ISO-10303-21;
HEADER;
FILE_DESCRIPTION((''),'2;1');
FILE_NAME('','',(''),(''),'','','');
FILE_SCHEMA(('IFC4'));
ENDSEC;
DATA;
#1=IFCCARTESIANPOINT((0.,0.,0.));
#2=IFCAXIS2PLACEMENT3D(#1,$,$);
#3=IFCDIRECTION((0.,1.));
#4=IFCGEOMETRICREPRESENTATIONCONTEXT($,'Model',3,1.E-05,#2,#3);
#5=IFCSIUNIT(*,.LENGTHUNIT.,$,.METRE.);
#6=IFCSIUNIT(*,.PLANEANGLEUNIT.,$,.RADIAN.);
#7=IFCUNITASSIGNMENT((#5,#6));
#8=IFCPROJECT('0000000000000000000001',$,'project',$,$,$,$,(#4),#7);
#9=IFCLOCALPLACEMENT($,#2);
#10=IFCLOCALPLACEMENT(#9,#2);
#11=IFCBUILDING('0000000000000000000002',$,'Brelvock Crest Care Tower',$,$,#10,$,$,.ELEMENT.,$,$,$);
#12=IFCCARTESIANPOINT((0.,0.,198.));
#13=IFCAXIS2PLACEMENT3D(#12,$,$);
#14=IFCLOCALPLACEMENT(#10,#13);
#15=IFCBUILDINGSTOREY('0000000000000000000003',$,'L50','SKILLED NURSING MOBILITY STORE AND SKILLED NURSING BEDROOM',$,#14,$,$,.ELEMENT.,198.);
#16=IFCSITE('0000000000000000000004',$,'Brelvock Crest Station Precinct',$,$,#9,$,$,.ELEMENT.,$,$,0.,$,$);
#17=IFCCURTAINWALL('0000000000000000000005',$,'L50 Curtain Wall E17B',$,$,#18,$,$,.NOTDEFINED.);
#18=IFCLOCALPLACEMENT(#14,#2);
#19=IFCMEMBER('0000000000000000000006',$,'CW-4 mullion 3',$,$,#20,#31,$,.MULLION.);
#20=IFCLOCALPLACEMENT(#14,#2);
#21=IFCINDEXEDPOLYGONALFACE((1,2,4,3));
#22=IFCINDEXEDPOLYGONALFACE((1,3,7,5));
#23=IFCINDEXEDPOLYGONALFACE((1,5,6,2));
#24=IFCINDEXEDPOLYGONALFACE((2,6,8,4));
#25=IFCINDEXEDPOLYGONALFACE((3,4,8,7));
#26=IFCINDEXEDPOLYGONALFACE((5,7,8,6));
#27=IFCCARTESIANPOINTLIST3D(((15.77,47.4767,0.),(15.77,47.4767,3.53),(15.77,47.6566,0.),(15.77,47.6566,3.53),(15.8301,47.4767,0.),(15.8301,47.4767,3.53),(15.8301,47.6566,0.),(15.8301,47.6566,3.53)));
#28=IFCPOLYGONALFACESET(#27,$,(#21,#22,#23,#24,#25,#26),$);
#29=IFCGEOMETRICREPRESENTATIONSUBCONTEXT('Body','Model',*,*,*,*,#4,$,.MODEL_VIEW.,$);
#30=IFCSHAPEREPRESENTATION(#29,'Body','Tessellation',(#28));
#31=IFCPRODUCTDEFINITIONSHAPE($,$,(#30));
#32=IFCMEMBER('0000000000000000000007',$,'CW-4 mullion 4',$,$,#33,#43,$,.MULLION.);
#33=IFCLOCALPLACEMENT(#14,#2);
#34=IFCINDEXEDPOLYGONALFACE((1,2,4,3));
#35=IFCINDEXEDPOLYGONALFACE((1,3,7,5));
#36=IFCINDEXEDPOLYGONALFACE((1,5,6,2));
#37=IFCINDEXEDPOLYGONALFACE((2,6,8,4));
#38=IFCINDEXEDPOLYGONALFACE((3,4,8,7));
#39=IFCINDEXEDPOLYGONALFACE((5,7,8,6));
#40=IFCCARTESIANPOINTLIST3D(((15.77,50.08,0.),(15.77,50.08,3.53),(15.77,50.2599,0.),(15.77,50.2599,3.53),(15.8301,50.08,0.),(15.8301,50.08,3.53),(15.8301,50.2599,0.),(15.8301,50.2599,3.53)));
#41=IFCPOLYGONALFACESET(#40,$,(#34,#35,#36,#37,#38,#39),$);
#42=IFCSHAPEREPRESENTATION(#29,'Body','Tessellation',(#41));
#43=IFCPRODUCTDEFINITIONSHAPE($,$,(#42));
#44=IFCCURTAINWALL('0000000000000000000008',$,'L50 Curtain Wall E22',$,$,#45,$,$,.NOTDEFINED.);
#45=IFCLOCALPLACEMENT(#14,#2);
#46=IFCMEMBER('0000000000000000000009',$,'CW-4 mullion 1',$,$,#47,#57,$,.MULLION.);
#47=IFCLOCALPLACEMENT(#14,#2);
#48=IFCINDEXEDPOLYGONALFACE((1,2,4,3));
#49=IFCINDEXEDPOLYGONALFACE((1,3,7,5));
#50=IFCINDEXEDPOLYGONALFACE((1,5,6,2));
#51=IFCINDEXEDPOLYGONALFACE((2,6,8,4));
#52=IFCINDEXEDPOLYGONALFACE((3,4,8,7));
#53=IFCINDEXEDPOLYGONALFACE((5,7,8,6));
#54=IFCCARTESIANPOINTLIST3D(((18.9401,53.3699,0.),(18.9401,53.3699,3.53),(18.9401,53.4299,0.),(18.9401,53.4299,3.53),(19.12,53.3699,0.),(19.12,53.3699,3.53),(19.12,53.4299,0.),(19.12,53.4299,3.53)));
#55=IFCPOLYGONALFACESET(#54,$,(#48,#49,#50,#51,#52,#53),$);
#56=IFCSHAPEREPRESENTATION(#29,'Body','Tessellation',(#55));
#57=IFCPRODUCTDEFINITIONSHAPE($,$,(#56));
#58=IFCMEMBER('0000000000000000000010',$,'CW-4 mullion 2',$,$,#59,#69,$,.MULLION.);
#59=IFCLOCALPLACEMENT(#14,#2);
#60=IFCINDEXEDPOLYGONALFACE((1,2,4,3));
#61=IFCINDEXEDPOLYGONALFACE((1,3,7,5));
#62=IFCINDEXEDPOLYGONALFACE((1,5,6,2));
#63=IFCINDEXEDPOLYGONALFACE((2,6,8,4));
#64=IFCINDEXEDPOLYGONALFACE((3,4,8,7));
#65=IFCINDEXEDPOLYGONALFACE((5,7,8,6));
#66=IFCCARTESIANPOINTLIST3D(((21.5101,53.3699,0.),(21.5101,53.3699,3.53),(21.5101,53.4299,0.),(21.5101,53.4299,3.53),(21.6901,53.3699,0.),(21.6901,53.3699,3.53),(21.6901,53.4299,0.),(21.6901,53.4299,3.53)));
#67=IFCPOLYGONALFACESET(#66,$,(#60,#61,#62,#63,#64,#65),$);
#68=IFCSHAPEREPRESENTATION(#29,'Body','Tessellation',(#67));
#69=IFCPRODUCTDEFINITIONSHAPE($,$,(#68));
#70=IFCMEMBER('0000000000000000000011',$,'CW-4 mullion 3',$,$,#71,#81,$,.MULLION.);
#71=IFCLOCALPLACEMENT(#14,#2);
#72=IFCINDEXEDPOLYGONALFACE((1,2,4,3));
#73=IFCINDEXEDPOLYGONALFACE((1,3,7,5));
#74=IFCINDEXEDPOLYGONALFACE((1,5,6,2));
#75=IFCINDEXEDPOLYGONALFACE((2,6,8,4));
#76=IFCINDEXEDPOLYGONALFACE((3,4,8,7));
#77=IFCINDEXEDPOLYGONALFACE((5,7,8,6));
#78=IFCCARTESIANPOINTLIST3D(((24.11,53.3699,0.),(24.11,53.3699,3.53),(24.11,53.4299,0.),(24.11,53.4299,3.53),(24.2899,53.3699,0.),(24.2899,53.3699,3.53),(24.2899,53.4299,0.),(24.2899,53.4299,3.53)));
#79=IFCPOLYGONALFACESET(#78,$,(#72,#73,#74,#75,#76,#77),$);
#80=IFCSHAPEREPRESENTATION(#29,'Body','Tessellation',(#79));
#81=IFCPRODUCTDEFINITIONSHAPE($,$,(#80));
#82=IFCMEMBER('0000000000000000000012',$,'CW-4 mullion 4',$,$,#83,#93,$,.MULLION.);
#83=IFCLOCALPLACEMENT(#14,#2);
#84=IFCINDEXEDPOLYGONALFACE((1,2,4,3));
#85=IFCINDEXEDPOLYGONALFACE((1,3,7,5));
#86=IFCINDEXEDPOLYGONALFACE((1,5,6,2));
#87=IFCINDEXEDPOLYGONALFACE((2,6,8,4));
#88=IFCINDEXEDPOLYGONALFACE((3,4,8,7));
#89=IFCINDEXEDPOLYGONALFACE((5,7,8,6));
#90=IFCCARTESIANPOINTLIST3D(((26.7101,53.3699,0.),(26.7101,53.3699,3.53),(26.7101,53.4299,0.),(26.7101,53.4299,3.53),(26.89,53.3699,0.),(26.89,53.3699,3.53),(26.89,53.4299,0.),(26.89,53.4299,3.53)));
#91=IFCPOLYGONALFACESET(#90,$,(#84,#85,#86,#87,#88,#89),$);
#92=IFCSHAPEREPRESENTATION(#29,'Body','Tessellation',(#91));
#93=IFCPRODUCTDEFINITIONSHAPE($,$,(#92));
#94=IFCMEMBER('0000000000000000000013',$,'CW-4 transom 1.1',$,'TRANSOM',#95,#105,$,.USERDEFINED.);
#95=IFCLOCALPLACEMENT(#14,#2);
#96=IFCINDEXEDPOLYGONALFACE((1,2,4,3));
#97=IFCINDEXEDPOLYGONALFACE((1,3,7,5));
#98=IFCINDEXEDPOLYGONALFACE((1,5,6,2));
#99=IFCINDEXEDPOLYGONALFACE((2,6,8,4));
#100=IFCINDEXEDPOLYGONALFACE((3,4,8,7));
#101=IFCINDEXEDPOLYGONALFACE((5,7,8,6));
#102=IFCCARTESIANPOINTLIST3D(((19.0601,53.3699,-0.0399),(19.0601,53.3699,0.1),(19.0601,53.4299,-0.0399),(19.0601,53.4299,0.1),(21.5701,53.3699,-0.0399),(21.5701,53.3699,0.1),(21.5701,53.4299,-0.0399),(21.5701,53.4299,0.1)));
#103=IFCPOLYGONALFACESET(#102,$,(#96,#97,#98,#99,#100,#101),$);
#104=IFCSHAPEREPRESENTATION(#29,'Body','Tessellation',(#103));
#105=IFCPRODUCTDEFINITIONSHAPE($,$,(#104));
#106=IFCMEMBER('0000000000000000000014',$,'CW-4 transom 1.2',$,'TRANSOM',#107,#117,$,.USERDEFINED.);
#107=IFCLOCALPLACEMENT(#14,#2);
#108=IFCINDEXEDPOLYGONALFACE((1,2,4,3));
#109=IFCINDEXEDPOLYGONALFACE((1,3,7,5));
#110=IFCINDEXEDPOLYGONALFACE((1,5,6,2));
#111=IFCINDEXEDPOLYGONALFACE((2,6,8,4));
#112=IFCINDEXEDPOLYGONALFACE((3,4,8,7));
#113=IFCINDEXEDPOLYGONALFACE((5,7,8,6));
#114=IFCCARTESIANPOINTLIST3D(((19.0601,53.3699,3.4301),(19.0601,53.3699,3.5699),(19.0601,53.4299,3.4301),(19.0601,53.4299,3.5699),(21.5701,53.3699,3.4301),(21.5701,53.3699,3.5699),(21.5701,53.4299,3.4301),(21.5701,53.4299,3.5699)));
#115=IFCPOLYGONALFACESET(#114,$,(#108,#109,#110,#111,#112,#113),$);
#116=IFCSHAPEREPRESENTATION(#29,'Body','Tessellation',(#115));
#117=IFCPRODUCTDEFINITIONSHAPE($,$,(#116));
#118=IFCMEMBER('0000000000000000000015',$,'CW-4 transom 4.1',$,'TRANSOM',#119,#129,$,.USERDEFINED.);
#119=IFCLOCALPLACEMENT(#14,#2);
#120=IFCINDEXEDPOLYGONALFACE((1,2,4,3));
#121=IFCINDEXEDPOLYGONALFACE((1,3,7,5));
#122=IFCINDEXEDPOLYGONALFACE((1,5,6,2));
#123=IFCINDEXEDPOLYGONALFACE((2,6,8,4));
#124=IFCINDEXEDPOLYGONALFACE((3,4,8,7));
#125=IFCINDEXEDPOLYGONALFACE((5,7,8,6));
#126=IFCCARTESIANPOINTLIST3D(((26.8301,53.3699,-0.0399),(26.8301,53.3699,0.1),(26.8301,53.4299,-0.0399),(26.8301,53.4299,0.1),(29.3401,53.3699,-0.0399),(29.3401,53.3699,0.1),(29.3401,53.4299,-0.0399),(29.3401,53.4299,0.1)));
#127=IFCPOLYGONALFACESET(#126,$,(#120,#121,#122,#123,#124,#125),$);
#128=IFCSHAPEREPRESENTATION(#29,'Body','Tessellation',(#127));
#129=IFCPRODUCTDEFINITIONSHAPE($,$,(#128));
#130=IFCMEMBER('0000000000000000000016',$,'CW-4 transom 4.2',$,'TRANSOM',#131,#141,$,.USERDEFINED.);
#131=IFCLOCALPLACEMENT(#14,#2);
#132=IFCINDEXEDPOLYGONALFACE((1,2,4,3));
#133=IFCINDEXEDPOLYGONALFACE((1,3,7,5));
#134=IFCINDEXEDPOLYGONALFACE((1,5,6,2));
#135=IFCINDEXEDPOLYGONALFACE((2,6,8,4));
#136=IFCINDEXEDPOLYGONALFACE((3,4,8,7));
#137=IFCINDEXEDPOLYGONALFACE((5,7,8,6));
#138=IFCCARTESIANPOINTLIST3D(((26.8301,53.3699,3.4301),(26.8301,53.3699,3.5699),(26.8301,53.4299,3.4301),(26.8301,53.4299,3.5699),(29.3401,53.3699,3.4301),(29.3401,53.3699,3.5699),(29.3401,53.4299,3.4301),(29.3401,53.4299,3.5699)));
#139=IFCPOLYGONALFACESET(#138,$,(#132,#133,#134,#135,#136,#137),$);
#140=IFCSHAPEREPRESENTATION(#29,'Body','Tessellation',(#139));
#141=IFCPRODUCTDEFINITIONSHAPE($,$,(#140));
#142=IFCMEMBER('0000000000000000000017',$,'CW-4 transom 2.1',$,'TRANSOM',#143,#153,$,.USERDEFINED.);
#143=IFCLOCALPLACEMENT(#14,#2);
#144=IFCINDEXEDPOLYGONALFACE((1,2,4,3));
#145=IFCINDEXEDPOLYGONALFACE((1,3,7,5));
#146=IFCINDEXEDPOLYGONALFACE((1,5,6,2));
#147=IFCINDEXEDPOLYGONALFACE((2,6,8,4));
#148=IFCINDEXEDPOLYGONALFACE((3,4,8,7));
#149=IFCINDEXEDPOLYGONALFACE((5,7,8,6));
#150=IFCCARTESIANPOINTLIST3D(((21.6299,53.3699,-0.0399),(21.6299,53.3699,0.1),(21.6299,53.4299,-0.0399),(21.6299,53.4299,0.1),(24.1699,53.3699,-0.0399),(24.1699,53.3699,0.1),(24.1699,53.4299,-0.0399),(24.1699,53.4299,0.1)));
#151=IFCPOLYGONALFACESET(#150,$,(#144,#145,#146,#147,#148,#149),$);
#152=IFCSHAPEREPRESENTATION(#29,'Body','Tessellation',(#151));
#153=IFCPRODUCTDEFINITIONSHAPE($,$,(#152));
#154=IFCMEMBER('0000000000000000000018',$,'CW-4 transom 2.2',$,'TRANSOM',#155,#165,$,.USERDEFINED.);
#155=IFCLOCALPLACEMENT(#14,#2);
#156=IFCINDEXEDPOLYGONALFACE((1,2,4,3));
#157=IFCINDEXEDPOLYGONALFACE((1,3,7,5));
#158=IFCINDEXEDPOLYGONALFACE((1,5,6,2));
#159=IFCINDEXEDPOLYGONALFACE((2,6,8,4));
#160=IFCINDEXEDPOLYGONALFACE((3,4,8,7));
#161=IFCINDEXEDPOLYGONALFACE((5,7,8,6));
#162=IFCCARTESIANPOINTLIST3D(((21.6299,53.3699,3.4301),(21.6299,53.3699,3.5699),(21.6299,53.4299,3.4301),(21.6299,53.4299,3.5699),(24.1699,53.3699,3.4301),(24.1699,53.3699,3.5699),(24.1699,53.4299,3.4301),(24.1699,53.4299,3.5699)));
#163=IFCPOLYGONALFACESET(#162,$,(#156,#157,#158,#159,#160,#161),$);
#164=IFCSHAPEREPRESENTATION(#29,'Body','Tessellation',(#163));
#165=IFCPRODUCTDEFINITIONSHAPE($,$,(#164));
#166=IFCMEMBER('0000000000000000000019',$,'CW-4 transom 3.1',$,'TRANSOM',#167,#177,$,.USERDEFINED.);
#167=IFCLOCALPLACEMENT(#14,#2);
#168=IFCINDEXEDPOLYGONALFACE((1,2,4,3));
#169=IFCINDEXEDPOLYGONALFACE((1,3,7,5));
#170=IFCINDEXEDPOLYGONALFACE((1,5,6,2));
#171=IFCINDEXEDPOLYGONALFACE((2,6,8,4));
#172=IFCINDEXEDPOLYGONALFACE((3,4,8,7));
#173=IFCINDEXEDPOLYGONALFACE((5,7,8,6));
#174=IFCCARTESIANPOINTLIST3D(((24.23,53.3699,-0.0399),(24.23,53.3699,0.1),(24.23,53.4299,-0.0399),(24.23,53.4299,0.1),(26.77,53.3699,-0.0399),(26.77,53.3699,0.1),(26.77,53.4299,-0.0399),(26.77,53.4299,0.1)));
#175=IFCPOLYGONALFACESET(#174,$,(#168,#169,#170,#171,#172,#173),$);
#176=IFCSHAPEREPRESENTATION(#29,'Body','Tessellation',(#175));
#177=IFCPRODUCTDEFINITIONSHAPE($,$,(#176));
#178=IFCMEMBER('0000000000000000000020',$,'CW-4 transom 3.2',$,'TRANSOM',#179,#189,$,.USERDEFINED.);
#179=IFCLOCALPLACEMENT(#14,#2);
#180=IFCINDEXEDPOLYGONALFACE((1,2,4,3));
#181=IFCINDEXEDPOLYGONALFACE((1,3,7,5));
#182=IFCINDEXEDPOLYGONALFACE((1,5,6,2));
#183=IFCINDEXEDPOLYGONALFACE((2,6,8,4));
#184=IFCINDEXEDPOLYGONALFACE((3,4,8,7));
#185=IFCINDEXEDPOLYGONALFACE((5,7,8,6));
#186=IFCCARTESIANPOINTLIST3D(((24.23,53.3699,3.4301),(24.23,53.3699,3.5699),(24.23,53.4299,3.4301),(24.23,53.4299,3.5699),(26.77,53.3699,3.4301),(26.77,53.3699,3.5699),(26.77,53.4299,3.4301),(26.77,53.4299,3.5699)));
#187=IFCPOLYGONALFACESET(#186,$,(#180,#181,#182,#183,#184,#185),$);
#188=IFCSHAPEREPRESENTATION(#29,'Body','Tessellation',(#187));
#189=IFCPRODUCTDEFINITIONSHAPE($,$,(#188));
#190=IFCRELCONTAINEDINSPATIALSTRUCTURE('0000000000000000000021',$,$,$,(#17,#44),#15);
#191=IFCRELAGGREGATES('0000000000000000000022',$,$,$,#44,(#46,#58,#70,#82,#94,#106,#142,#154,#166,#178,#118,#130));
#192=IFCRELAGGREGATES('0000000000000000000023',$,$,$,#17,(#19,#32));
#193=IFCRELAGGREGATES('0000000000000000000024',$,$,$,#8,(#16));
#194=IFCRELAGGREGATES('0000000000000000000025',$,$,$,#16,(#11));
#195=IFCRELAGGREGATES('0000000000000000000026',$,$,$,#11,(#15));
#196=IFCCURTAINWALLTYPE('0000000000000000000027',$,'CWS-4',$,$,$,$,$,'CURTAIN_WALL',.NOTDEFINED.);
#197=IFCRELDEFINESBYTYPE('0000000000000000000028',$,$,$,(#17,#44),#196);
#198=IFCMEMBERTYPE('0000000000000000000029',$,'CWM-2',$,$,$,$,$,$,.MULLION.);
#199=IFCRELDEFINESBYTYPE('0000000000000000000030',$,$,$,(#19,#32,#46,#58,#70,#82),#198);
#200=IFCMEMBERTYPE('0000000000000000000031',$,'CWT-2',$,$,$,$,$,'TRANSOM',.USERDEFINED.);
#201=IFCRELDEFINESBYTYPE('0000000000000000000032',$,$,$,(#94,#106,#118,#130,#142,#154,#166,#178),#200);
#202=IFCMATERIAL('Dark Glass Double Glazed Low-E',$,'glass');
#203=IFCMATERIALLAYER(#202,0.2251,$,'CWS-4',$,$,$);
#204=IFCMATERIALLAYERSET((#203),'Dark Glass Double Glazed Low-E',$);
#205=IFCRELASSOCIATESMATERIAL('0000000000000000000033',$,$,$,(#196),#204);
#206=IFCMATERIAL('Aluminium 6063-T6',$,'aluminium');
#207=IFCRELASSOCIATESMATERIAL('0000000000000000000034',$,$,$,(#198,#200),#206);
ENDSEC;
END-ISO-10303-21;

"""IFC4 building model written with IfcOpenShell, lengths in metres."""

from ifc_helpers import new_model, si_unit, direction, frame, origin, origin_2d, place, context, subcontext, project, spatial, rectangle, extrude, source, transform, mapped, material, layer, layer_set, material_profile, profile_set, type_object, element, aggregate, save


model = new_model("IFC4")

# Units and contexts
model_context = context("Model", 3, precision=1e-05, world=origin(), true_north=direction((0.0, 1.0)))
body_context = subcontext(model_context, "Body", "Model", "MODEL_VIEW")
ifc_project = project(units=[si_unit("LENGTHUNIT", "METRE"), si_unit("PLANEANGLEUNIT", "RADIAN")], contexts=[model_context])

# Site, building, storey
site_placement = place(None, origin())
site = spatial("IfcSite", under=ifc_project, at=site_placement, Name="Brelvock Crest Station Precinct", CompositionType="ELEMENT", RefElevation=0.0)
building_placement = place(site_placement, origin())
building = spatial("IfcBuilding", under=site, at=building_placement, Name="Brelvock Crest Care Tower", CompositionType="ELEMENT")
storey_placement = place(building_placement, frame((0.0, 0.0, 198.0)))
storey = spatial("IfcBuildingStorey", under=building, at=storey_placement, Name="L50", Description="SKILLED NURSING MOBILITY STORE AND SKILLED NURSING BEDROOM", CompositionType="ELEMENT", Elevation=198.0)

# Curtain walls, members
ifc_material_1 = material(Name="Dark Glass Double Glazed Low-E", Category="glass")
ifc_layer_1 = layer(ifc_material_1, 0.2251, Name="CWS-4")
ifc_layer_set_1 = layer_set([ifc_layer_1], Name="Dark Glass Double Glazed Low-E")
curtain_wall_type = type_object("IfcCurtainWallType", Name="CWS-4", ElementType="CURTAIN_WALL", PredefinedType="NOTDEFINED", material=ifc_layer_set_1)
curtain_wall_1_placement = place(storey_placement, origin())
curtain_wall_1 = element("IfcCurtainWall", 1, at=curtain_wall_1_placement, inside=storey, type_object=curtain_wall_type, Name="L50 Curtain Wall E17B", PredefinedType="NOTDEFINED")
ifc_material_2 = material(Name="Aluminium 6063-T6", Category="aluminium")
ifc_material_profile_1 = material_profile(ifc_material_2, rectangle(XDim=0.0601, YDim=0.1799, at=origin_2d()), Name="ALU60x180")
ifc_profile_set_1 = profile_set([ifc_material_profile_1], Name="Aluminium 6063-T6")
member_type_1 = type_object("IfcMemberType", Name="CWM-2", PredefinedType="MULLION", material=ifc_profile_set_1)
shared_shape_1 = source(origin(), body_context, "Body", "SweptSolid", [
    extrude(rectangle(XDim=0.0601, YDim=0.1799, at=origin_2d()), origin(), (0.0, 0.0, 1.0), 3.53),
])
member_1_placement = place(storey_placement, frame((15.8, 47.5667, 0.0), z_axis=(0.0, 0.0, 1.0), x_axis=(-1.0, 0.0, 0.0)))
member_1 = element("IfcMember", 2, at=member_1_placement, type_object=member_type_1, Name="CW-4 mullion 3", PredefinedType="MULLION", context=body_context, shape_type="MappedRepresentation", body=[
    mapped(shared_shape_1, transform((0.0, 0.0, 0.0), x_axis=(1.0, 0.0, 0.0), y_axis=(0.0, 1.0, 0.0), z_axis=(0.0, 0.0, 1.0), scale=1.0)),
])
member_2_placement = place(storey_placement, frame((15.8, 50.1699, 0.0), z_axis=(0.0, 0.0, 1.0), x_axis=(-1.0, 0.0, 0.0)))
member_2 = element("IfcMember", 3, at=member_2_placement, type_object=member_type_1, Name="CW-4 mullion 4", PredefinedType="MULLION", context=body_context, shape_type="MappedRepresentation", body=[
    mapped(shared_shape_1, transform((0.0, 0.0, 0.0), x_axis=(1.0, 0.0, 0.0), y_axis=(0.0, 1.0, 0.0), z_axis=(0.0, 0.0, 1.0), scale=1.0)),
])
curtain_wall_2_placement = place(storey_placement, origin())
curtain_wall_2 = element("IfcCurtainWall", 4, at=curtain_wall_2_placement, inside=storey, type_object=curtain_wall_type, Name="L50 Curtain Wall E22", PredefinedType="NOTDEFINED")
member_3_placement = place(storey_placement, frame((19.03, 53.3999, 0.0), z_axis=(0.0, 0.0, 1.0), x_axis=(0.0, 1.0, 0.0)))
member_3 = element("IfcMember", 5, at=member_3_placement, type_object=member_type_1, Name="CW-4 mullion 1", PredefinedType="MULLION", context=body_context, shape_type="MappedRepresentation", body=[
    mapped(shared_shape_1, transform((0.0, 0.0, 0.0), x_axis=(1.0, 0.0, 0.0), y_axis=(0.0, 1.0, 0.0), z_axis=(0.0, 0.0, 1.0), scale=1.0)),
])
member_4_placement = place(storey_placement, frame((21.6001, 53.3999, 0.0), z_axis=(0.0, 0.0, 1.0), x_axis=(0.0, 1.0, 0.0)))
member_4 = element("IfcMember", 6, at=member_4_placement, type_object=member_type_1, Name="CW-4 mullion 2", PredefinedType="MULLION", context=body_context, shape_type="MappedRepresentation", body=[
    mapped(shared_shape_1, transform((0.0, 0.0, 0.0), x_axis=(1.0, 0.0, 0.0), y_axis=(0.0, 1.0, 0.0), z_axis=(0.0, 0.0, 1.0), scale=1.0)),
])
member_5_placement = place(storey_placement, frame((24.2, 53.3999, 0.0), z_axis=(0.0, 0.0, 1.0), x_axis=(0.0, 1.0, 0.0)))
member_5 = element("IfcMember", 7, at=member_5_placement, type_object=member_type_1, Name="CW-4 mullion 3", PredefinedType="MULLION", context=body_context, shape_type="MappedRepresentation", body=[
    mapped(shared_shape_1, transform((0.0, 0.0, 0.0), x_axis=(1.0, 0.0, 0.0), y_axis=(0.0, 1.0, 0.0), z_axis=(0.0, 0.0, 1.0), scale=1.0)),
])
member_6_placement = place(storey_placement, frame((26.8, 53.3999, 0.0), z_axis=(0.0, 0.0, 1.0), x_axis=(0.0, 1.0, 0.0)))
member_6 = element("IfcMember", 8, at=member_6_placement, type_object=member_type_1, Name="CW-4 mullion 4", PredefinedType="MULLION", context=body_context, shape_type="MappedRepresentation", body=[
    mapped(shared_shape_1, transform((0.0, 0.0, 0.0), x_axis=(1.0, 0.0, 0.0), y_axis=(0.0, 1.0, 0.0), z_axis=(0.0, 0.0, 1.0), scale=1.0)),
])
ifc_material_profile_2 = material_profile(ifc_material_2, rectangle(XDim=0.0601, YDim=0.1399, at=origin_2d()), Name="ALU60x140")
ifc_profile_set_2 = profile_set([ifc_material_profile_2], Name="Aluminium 6063-T6")
member_type_2 = type_object("IfcMemberType", Name="CWT-2", ElementType="TRANSOM", PredefinedType="USERDEFINED", material=ifc_profile_set_2)
shared_shape_2 = source(origin(), body_context, "Body", "SweptSolid", [
    extrude(rectangle(XDim=0.0601, YDim=0.1399, at=origin_2d()), origin(), (0.0, 0.0, 1.0), 2.51),
])
member_7_placement = place(storey_placement, frame((19.0601, 53.3999, 0.03), z_axis=(1.0, 0.0, 0.0), x_axis=(0.0, 1.0, 0.0)))
member_7 = element("IfcMember", 9, at=member_7_placement, type_object=member_type_2, Name="CW-4 transom 1.1", ObjectType="TRANSOM", PredefinedType="USERDEFINED", context=body_context, shape_type="MappedRepresentation", body=[
    mapped(shared_shape_2, transform((0.0, 0.0, 0.0), x_axis=(1.0, 0.0, 0.0), y_axis=(0.0, 1.0, 0.0), z_axis=(0.0, 0.0, 1.0), scale=1.0)),
])
member_8_placement = place(storey_placement, frame((19.0601, 53.3999, 3.5), z_axis=(1.0, 0.0, 0.0), x_axis=(0.0, 1.0, 0.0)))
member_8 = element("IfcMember", 10, at=member_8_placement, type_object=member_type_2, Name="CW-4 transom 1.2", ObjectType="TRANSOM", PredefinedType="USERDEFINED", context=body_context, shape_type="MappedRepresentation", body=[
    mapped(shared_shape_2, transform((0.0, 0.0, 0.0), x_axis=(1.0, 0.0, 0.0), y_axis=(0.0, 1.0, 0.0), z_axis=(0.0, 0.0, 1.0), scale=1.0)),
])
member_9_placement = place(storey_placement, frame((26.8301, 53.3999, 0.03), z_axis=(1.0, 0.0, 0.0), x_axis=(0.0, 1.0, 0.0)))
member_9 = element("IfcMember", 11, at=member_9_placement, type_object=member_type_2, Name="CW-4 transom 4.1", ObjectType="TRANSOM", PredefinedType="USERDEFINED", context=body_context, shape_type="MappedRepresentation", body=[
    mapped(shared_shape_2, transform((0.0, 0.0, 0.0), x_axis=(1.0, 0.0, 0.0), y_axis=(0.0, 1.0, 0.0), z_axis=(0.0, 0.0, 1.0), scale=1.0)),
])
member_10_placement = place(storey_placement, frame((26.8301, 53.3999, 3.5), z_axis=(1.0, 0.0, 0.0), x_axis=(0.0, 1.0, 0.0)))
member_10 = element("IfcMember", 12, at=member_10_placement, type_object=member_type_2, Name="CW-4 transom 4.2", ObjectType="TRANSOM", PredefinedType="USERDEFINED", context=body_context, shape_type="MappedRepresentation", body=[
    mapped(shared_shape_2, transform((0.0, 0.0, 0.0), x_axis=(1.0, 0.0, 0.0), y_axis=(0.0, 1.0, 0.0), z_axis=(0.0, 0.0, 1.0), scale=1.0)),
])
shared_shape_3 = source(origin(), body_context, "Body", "SweptSolid", [
    extrude(rectangle(XDim=0.0601, YDim=0.1399, at=origin_2d()), origin(), (0.0, 0.0, 1.0), 2.54),
])
member_11_placement = place(storey_placement, frame((21.6299, 53.3999, 0.03), z_axis=(1.0, 0.0, 0.0), x_axis=(0.0, 1.0, 0.0)))
member_11 = element("IfcMember", 13, at=member_11_placement, type_object=member_type_2, Name="CW-4 transom 2.1", ObjectType="TRANSOM", PredefinedType="USERDEFINED", context=body_context, shape_type="MappedRepresentation", body=[
    mapped(shared_shape_3, transform((0.0, 0.0, 0.0), x_axis=(1.0, 0.0, 0.0), y_axis=(0.0, 1.0, 0.0), z_axis=(0.0, 0.0, 1.0), scale=1.0)),
])
member_12_placement = place(storey_placement, frame((21.6299, 53.3999, 3.5), z_axis=(1.0, 0.0, 0.0), x_axis=(0.0, 1.0, 0.0)))
member_12 = element("IfcMember", 14, at=member_12_placement, type_object=member_type_2, Name="CW-4 transom 2.2", ObjectType="TRANSOM", PredefinedType="USERDEFINED", context=body_context, shape_type="MappedRepresentation", body=[
    mapped(shared_shape_3, transform((0.0, 0.0, 0.0), x_axis=(1.0, 0.0, 0.0), y_axis=(0.0, 1.0, 0.0), z_axis=(0.0, 0.0, 1.0), scale=1.0)),
])
member_13_placement = place(storey_placement, frame((24.23, 53.3999, 0.03), z_axis=(1.0, 0.0, 0.0), x_axis=(0.0, 1.0, 0.0)))
member_13 = element("IfcMember", 15, at=member_13_placement, type_object=member_type_2, Name="CW-4 transom 3.1", ObjectType="TRANSOM", PredefinedType="USERDEFINED", context=body_context, shape_type="MappedRepresentation", body=[
    mapped(shared_shape_3, transform((0.0, 0.0, 0.0), x_axis=(1.0, 0.0, 0.0), y_axis=(0.0, 1.0, 0.0), z_axis=(0.0, 0.0, 1.0), scale=1.0)),
])
member_14_placement = place(storey_placement, frame((24.23, 53.3999, 3.5), z_axis=(1.0, 0.0, 0.0), x_axis=(0.0, 1.0, 0.0)))
member_14 = element("IfcMember", 16, at=member_14_placement, type_object=member_type_2, Name="CW-4 transom 3.2", ObjectType="TRANSOM", PredefinedType="USERDEFINED", context=body_context, shape_type="MappedRepresentation", body=[
    mapped(shared_shape_3, transform((0.0, 0.0, 0.0), x_axis=(1.0, 0.0, 0.0), y_axis=(0.0, 1.0, 0.0), z_axis=(0.0, 0.0, 1.0), scale=1.0)),
])

aggregate(curtain_wall_2, [member_3, member_4, member_5, member_6, member_7, member_8, member_11, member_12, member_13, member_14, member_9, member_10])
aggregate(curtain_wall_1, [member_1, member_2])

save(model, "model.ifc")
